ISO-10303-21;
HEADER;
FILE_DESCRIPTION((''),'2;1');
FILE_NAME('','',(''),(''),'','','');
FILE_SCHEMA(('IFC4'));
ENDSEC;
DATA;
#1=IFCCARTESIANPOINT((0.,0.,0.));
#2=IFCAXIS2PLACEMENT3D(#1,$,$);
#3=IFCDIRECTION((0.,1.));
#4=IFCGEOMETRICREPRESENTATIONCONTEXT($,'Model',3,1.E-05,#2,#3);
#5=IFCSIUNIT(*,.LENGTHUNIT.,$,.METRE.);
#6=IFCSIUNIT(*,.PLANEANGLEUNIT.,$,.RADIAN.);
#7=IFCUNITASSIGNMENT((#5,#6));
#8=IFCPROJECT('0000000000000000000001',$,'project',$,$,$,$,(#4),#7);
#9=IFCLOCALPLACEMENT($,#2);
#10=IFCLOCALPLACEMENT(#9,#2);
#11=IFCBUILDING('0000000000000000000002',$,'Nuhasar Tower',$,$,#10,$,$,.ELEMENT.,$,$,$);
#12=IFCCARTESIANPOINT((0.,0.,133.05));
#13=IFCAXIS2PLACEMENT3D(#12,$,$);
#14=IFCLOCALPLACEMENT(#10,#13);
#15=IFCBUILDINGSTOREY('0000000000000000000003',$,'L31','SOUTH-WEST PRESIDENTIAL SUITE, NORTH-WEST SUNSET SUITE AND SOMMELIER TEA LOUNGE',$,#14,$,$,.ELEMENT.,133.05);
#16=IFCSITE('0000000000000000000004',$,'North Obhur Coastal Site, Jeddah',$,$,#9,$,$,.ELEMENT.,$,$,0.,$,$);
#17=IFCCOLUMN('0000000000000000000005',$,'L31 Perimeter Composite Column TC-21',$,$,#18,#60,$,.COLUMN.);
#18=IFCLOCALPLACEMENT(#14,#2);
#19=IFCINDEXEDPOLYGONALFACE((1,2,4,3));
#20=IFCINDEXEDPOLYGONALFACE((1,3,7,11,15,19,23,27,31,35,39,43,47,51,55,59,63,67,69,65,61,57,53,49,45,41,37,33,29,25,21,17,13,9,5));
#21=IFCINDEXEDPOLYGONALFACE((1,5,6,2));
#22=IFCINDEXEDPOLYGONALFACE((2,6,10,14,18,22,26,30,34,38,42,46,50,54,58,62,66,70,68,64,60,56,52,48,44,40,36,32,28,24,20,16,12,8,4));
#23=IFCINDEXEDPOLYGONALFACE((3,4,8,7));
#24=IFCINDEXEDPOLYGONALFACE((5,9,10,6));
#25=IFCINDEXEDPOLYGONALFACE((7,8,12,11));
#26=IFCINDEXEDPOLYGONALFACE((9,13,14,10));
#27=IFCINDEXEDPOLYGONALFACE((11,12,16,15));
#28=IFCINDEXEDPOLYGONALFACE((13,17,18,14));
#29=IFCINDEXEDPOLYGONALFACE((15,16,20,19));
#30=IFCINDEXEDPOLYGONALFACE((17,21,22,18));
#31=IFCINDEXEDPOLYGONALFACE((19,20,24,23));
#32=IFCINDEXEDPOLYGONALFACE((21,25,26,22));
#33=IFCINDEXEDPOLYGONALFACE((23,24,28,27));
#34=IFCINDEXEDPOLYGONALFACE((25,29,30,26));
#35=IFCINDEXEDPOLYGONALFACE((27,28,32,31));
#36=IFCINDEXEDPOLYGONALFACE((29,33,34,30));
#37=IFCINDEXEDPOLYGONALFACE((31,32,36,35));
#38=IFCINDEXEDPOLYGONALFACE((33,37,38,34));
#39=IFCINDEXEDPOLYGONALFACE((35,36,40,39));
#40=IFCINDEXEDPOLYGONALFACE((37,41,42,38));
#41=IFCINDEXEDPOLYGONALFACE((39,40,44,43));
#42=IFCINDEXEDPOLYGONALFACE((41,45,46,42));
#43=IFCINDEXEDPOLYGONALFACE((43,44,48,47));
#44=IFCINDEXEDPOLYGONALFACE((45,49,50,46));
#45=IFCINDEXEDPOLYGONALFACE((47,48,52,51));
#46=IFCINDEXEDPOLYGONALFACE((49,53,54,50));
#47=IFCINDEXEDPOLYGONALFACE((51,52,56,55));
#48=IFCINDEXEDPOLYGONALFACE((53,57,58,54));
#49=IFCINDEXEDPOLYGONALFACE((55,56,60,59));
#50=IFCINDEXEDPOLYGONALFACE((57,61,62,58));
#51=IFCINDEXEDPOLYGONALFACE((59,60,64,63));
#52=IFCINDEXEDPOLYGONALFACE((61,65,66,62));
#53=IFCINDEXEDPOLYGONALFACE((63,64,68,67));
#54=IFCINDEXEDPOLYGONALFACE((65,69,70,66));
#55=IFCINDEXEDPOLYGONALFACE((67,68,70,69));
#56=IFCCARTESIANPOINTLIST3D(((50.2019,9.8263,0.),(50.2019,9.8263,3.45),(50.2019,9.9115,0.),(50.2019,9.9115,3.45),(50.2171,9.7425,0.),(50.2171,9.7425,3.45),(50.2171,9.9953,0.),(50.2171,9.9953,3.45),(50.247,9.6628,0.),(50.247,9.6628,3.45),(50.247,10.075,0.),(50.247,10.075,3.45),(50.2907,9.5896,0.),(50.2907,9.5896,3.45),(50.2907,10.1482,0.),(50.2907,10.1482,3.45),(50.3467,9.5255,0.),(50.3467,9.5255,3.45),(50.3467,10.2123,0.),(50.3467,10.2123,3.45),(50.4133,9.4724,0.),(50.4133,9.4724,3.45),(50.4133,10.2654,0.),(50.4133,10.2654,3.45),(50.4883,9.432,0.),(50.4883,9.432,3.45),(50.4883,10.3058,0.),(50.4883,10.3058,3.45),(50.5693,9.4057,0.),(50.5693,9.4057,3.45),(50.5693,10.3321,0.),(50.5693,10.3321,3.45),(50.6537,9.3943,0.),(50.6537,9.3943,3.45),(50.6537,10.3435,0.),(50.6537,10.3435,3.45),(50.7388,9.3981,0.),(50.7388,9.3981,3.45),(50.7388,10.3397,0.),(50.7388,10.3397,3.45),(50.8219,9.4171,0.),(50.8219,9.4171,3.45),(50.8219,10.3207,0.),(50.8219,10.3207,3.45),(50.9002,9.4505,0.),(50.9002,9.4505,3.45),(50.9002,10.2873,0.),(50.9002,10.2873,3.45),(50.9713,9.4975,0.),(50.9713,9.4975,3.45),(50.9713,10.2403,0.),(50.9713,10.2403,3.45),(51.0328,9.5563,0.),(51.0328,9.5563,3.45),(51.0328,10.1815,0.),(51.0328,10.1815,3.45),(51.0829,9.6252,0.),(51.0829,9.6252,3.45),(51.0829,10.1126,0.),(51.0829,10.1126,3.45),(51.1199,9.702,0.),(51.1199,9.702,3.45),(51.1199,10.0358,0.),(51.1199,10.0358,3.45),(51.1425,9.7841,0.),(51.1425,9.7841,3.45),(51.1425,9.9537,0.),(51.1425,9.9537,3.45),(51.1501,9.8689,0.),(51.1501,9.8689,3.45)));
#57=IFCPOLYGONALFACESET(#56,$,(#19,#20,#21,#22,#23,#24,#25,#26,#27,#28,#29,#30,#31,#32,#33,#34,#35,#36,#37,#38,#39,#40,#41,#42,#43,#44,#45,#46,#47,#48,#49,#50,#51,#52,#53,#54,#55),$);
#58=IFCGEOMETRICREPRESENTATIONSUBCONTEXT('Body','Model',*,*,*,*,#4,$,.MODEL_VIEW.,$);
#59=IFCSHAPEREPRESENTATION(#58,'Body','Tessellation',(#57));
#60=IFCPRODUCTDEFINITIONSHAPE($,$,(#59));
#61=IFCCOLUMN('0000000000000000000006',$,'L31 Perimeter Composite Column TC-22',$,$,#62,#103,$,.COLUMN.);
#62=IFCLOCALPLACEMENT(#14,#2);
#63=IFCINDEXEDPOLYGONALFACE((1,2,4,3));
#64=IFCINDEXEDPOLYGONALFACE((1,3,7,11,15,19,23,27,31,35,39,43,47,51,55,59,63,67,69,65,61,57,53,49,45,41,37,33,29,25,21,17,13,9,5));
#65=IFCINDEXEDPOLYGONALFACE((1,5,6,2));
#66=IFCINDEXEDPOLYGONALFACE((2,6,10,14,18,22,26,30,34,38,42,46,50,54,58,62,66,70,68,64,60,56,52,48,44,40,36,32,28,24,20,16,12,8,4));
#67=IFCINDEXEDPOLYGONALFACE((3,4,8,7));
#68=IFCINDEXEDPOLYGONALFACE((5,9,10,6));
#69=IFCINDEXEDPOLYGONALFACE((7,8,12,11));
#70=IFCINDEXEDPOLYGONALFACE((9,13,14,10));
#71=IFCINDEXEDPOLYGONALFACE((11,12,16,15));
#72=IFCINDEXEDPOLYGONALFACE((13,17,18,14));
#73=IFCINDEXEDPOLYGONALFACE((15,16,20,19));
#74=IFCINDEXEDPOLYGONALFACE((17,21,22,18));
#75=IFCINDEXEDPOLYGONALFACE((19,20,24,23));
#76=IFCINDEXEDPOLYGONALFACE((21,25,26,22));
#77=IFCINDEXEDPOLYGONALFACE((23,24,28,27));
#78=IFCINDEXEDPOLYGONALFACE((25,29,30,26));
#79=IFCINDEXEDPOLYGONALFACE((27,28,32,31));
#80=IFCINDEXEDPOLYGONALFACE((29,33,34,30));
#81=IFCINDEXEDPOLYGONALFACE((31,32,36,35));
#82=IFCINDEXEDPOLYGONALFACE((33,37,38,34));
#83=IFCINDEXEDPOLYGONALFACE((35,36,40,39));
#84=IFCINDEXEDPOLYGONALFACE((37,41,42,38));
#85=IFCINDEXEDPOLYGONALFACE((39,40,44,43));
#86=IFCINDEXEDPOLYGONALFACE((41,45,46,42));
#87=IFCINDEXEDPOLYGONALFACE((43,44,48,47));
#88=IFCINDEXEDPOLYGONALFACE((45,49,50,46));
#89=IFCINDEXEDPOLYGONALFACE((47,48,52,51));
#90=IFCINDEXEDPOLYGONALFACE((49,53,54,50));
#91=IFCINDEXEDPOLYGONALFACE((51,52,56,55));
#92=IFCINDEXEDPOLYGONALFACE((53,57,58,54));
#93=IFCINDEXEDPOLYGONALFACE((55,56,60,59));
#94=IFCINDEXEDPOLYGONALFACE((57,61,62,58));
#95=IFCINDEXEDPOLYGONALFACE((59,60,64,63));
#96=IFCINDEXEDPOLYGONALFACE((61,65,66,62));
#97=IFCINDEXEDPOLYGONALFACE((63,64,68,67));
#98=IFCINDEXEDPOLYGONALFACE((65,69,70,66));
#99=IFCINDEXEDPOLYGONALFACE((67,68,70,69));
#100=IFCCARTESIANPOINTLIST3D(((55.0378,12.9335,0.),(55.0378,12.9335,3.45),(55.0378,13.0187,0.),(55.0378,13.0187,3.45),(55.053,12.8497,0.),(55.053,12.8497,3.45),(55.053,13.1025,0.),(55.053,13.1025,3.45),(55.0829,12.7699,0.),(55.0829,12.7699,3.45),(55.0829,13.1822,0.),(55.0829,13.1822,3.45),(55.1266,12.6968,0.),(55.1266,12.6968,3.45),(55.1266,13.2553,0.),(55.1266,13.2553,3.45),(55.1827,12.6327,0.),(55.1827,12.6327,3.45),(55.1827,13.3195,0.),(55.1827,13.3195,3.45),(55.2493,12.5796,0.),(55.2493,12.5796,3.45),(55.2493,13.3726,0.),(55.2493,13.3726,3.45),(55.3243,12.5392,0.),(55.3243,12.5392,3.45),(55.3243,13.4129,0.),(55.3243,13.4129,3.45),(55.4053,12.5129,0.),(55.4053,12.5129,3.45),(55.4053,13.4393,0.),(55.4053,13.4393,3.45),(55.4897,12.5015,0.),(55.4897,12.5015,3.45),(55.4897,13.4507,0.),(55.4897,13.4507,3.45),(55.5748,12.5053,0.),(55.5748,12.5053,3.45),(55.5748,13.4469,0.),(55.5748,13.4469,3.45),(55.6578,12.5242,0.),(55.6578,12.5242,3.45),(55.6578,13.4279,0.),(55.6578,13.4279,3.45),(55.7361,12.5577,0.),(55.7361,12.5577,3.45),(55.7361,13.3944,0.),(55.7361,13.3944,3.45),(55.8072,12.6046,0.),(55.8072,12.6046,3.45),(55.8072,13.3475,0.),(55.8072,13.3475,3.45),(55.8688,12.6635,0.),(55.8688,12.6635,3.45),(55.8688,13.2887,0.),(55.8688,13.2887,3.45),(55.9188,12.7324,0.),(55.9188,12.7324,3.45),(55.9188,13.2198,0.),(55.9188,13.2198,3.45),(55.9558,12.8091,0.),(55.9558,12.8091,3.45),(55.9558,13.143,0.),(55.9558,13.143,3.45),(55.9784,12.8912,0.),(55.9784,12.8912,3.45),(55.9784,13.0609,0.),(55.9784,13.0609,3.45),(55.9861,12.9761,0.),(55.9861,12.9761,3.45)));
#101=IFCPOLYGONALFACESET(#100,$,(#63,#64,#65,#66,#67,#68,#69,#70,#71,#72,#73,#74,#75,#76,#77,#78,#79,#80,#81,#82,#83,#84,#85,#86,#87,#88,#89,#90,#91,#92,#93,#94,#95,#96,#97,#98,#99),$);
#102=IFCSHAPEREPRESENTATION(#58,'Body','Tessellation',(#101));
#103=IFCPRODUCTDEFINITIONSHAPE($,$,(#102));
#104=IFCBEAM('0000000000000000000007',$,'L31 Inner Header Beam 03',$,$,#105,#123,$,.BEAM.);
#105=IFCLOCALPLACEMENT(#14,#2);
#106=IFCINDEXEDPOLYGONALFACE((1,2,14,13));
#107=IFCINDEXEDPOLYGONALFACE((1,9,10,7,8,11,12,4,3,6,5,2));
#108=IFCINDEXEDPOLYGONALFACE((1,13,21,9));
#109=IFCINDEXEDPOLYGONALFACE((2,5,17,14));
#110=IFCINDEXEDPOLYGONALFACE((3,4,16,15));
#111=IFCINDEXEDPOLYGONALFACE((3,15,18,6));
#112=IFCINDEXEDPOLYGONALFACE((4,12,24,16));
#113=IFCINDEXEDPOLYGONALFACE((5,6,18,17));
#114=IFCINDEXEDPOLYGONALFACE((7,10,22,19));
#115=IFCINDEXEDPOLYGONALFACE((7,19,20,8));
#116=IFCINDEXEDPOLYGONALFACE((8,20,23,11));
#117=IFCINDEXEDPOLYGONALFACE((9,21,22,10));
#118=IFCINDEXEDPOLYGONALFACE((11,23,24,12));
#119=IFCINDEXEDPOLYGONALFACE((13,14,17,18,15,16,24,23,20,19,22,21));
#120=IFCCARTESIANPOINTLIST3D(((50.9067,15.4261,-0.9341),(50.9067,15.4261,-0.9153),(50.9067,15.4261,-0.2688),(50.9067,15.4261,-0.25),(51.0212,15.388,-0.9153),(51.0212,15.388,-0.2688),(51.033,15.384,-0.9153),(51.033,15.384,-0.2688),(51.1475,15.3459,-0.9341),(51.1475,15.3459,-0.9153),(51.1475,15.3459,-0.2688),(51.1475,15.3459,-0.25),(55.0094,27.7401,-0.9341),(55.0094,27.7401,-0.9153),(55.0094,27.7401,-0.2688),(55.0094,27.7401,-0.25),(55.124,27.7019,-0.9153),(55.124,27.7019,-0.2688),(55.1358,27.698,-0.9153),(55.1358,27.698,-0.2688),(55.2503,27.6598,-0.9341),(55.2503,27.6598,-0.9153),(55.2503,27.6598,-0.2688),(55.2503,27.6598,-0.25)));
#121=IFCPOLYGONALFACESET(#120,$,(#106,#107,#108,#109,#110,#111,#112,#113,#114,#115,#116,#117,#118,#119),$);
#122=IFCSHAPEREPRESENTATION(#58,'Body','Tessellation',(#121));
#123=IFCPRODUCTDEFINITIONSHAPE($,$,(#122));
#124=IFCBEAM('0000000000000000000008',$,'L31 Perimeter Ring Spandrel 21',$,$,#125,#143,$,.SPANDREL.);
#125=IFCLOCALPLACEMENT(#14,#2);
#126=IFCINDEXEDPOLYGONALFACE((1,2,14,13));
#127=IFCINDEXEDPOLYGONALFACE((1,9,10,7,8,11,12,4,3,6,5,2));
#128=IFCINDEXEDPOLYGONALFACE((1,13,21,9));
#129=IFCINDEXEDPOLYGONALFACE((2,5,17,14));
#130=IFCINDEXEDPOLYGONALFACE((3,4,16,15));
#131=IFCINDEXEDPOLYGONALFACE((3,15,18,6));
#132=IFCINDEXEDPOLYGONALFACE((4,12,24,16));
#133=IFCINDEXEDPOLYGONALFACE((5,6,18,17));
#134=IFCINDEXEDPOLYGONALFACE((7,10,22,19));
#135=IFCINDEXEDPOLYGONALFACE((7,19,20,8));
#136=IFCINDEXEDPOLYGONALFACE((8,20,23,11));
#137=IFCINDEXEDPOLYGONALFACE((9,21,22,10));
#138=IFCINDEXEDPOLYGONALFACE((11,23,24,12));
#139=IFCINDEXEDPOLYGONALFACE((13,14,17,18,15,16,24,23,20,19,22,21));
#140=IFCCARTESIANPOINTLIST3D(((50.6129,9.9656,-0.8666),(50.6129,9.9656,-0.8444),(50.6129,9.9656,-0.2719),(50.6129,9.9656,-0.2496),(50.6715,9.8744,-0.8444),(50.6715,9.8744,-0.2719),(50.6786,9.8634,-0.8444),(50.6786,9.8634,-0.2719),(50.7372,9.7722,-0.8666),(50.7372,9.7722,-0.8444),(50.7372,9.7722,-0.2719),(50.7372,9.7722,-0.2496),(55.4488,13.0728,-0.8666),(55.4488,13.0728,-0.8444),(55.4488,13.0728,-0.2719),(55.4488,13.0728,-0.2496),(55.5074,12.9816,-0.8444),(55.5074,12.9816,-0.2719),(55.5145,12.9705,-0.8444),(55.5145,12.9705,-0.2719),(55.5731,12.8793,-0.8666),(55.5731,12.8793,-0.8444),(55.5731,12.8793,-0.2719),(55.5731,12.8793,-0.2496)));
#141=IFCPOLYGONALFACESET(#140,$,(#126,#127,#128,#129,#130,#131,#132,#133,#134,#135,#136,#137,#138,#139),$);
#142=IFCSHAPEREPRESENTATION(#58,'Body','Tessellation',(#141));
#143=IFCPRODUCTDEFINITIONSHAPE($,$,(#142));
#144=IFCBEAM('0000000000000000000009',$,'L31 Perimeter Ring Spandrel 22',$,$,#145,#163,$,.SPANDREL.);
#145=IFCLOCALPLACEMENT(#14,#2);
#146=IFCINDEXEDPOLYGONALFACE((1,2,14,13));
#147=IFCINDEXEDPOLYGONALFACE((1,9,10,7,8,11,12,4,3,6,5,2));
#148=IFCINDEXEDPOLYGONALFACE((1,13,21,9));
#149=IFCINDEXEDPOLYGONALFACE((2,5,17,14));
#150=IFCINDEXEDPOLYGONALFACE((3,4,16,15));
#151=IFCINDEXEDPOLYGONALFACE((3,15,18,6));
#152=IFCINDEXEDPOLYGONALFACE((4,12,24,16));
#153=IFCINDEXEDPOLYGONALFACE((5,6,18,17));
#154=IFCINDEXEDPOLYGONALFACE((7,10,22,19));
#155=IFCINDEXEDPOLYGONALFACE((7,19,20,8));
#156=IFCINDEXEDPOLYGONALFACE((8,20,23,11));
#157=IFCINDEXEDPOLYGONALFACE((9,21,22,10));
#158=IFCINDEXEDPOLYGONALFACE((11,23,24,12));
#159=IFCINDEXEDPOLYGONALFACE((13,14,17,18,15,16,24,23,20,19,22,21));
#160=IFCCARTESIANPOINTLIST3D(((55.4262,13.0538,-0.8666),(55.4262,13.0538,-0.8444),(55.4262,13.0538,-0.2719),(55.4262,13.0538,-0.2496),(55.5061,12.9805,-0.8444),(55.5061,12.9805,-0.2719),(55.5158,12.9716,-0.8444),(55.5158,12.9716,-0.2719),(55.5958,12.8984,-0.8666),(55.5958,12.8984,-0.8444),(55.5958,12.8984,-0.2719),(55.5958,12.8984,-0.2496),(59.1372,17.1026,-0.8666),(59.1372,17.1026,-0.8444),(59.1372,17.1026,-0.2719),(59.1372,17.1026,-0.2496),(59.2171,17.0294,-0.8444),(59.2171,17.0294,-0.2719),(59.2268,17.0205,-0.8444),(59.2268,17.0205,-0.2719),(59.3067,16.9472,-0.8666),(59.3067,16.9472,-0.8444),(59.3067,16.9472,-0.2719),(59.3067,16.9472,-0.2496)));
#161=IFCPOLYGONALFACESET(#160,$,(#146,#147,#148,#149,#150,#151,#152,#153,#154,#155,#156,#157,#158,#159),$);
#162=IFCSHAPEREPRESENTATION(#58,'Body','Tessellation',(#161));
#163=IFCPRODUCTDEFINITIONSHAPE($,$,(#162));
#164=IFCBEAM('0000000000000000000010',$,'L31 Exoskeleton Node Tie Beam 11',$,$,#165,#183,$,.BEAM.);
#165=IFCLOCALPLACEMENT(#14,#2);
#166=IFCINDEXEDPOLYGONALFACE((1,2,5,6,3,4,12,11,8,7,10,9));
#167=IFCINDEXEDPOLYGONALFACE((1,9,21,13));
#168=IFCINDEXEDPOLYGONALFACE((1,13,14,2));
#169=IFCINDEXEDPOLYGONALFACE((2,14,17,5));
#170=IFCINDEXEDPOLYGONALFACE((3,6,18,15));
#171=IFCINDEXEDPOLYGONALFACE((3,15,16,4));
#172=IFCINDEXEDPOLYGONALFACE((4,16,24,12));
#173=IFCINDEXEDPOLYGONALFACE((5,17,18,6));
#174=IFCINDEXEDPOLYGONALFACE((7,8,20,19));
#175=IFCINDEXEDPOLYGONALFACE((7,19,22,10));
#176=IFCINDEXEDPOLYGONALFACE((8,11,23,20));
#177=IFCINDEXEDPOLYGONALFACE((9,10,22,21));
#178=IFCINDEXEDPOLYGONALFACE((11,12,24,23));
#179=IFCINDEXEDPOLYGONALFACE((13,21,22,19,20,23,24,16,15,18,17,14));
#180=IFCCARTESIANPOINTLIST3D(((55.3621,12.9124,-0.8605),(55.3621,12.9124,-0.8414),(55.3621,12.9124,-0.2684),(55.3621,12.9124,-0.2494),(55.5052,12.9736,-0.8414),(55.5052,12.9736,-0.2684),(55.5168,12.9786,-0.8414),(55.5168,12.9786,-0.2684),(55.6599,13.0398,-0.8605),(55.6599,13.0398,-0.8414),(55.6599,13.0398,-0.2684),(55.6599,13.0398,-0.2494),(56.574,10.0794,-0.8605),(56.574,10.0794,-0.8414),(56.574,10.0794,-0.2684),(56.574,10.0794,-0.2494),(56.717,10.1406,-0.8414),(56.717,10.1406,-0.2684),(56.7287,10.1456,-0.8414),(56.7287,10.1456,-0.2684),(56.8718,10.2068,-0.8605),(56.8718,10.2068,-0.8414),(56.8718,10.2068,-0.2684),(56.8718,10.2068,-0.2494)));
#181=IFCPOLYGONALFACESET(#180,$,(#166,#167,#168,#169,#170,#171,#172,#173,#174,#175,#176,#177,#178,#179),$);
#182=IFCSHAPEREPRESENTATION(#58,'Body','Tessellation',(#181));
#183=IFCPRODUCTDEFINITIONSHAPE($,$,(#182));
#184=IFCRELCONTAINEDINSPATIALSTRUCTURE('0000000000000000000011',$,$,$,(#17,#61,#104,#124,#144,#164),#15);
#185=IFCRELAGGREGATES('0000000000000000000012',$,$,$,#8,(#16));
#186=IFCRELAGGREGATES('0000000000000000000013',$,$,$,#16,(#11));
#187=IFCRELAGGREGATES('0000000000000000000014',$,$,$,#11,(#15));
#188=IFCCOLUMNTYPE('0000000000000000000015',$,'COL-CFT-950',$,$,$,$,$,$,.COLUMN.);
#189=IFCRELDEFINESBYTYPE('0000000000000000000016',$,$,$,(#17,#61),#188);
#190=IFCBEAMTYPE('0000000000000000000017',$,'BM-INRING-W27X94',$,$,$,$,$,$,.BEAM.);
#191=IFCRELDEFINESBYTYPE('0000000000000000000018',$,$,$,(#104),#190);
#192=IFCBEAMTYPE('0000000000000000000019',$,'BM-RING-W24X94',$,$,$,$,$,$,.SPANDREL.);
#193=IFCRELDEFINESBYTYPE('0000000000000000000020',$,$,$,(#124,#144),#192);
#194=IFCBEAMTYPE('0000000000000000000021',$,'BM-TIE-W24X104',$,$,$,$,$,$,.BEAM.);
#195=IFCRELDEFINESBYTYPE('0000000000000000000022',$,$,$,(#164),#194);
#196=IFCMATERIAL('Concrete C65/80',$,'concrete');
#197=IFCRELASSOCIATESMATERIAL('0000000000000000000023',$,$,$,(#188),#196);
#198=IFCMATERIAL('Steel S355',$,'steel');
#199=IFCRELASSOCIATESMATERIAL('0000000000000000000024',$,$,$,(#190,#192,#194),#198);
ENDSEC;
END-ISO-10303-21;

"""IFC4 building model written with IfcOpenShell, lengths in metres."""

from ifc_helpers import new_model, si_unit, direction, frame, origin, origin_2d, place, context, subcontext, project, spatial, circle, i_section, extrude, material, material_profile, profile_set, type_object, element, save


model = new_model("IFC4")

# Units and contexts
model_context = context("Model", 3, precision=1e-05, world=origin(), true_north=direction((0.0, 1.0)))
body_context = subcontext(model_context, "Body", "Model", "MODEL_VIEW")
ifc_project = project(units=[si_unit("LENGTHUNIT", "METRE"), si_unit("PLANEANGLEUNIT", "RADIAN")], contexts=[model_context])

# Site, building, storey
site_placement = place(None, origin())
site = spatial("IfcSite", under=ifc_project, at=site_placement, Name="North Obhur Coastal Site, Jeddah", CompositionType="ELEMENT", RefElevation=0.0)
building_placement = place(site_placement, origin())
building = spatial("IfcBuilding", under=site, at=building_placement, Name="Nuhasar Tower", CompositionType="ELEMENT")
storey_placement = place(building_placement, frame((0.0, 0.0, 133.05)))
storey = spatial("IfcBuildingStorey", under=building, at=storey_placement, Name="L31", Description="SOUTH-WEST PRESIDENTIAL SUITE, NORTH-WEST SUNSET SUITE AND SOMMELIER TEA LOUNGE", CompositionType="ELEMENT", Elevation=133.05)

# Columns
ifc_material_1 = material(Name="Concrete C65/80", Category="concrete")
ifc_material_profile_1 = material_profile(ifc_material_1, circle(Radius=0.4751, at=origin_2d()), Name="CFT950")
ifc_profile_set_1 = profile_set([ifc_material_profile_1], Name="Concrete C65/80")
column_type = type_object("IfcColumnType", Name="COL-CFT-950", PredefinedType="COLUMN", material=ifc_profile_set_1)
for number, where, z_axis, x_axis, name in (
    (1, (50.675, 9.8689, 0.0), (0.0, 0.0, 1.0), (1.0, 0.0, 0.0), "L31 Perimeter Composite Column TC-21"),
    (2, (55.511, 12.9761, 0.0), (0.0, 0.0, 1.0), (1.0, 0.0, 0.0), "L31 Perimeter Composite Column TC-22"),
):
    element("IfcColumn", number, at=place(storey_placement, frame(where, z_axis=z_axis, x_axis=x_axis)), inside=storey, type_object=column_type, Name=name, PredefinedType="COLUMN", context=body_context, shape_type="SweptSolid", body=[
        extrude(circle(Radius=0.4751, at=origin_2d()), origin(), (0.0, 0.0, 1.0), 3.45),
    ])

# Beams
ifc_material_2 = material(Name="Steel S355", Category="steel")
ifc_material_profile_2 = material_profile(ifc_material_2, i_section(OverallWidth=0.2539, OverallDepth=0.6841, WebThickness=0.0125, FlangeThickness=0.0188, at=origin_2d()), Name="W27X94")
ifc_profile_set_2 = profile_set([ifc_material_profile_2], Name="Steel S355")
beam_type_1 = type_object("IfcBeamType", Name="BM-INRING-W27X94", PredefinedType="BEAM", material=ifc_profile_set_2)
beam_1_placement = place(storey_placement, frame((51.0271, 15.386, -0.592), z_axis=(0.316098, 0.948727, 0.0), x_axis=(-0.948727, 0.316098, 0.0)))
element("IfcBeam", 3, at=beam_1_placement, inside=storey, type_object=beam_type_1, Name="L31 Inner Header Beam 03", PredefinedType="BEAM", context=body_context, shape_type="SweptSolid", body=[
    extrude(i_section(OverallWidth=0.2539, OverallDepth=0.6841, WebThickness=0.0125, FlangeThickness=0.0188, at=origin_2d()), origin(), (0.0, 0.0, 1.0), 12.9795),
])
ifc_material_profile_3 = material_profile(ifc_material_2, i_section(OverallWidth=0.23, OverallDepth=0.6169, WebThickness=0.0132, FlangeThickness=0.0222, at=origin_2d()), Name="W24X94")
ifc_profile_set_3 = profile_set([ifc_material_profile_3], Name="Steel S355")
beam_type_2 = type_object("IfcBeamType", Name="BM-RING-W24X94", PredefinedType="SPANDREL", material=ifc_profile_set_3)
beam_2_placement = place(storey_placement, frame((50.675, 9.8689, -0.5581), z_axis=(0.841308, 0.540556, 0.0), x_axis=(-0.540556, 0.841308, 0.0)))
element("IfcBeam", 4, at=beam_2_placement, inside=storey, type_object=beam_type_2, Name="L31 Perimeter Ring Spandrel 21", PredefinedType="SPANDREL", context=body_context, shape_type="SweptSolid", body=[
    extrude(i_section(OverallWidth=0.23, OverallDepth=0.6169, WebThickness=0.0132, FlangeThickness=0.0222, at=origin_2d()), origin(), (0.0, 0.0, 1.0), 5.748),
])
beam_3_placement = place(storey_placement, frame((55.511, 12.9761, -0.5581), z_axis=(0.675676, 0.737198, 0.0), x_axis=(-0.737198, 0.675676, 0.0)))
element("IfcBeam", 5, at=beam_3_placement, inside=storey, type_object=beam_type_2, Name="L31 Perimeter Ring Spandrel 22", PredefinedType="SPANDREL", context=body_context, shape_type="SweptSolid", body=[
    extrude(i_section(OverallWidth=0.23, OverallDepth=0.6169, WebThickness=0.0132, FlangeThickness=0.0222, at=origin_2d()), origin(), (0.0, 0.0, 1.0), 5.4922),
])
ifc_material_profile_4 = material_profile(ifc_material_2, i_section(OverallWidth=0.324, OverallDepth=0.6111, WebThickness=0.0127, FlangeThickness=0.019, at=origin_2d()), Name="W24X104")
ifc_profile_set_4 = profile_set([ifc_material_profile_4], Name="Steel S355")
beam_type_3 = type_object("IfcBeamType", Name="BM-TIE-W24X104", PredefinedType="BEAM", material=ifc_profile_set_4)
beam_4_placement = place(storey_placement, frame((55.511, 12.9761, -0.5549), z_axis=(0.393307, -0.919407, 0.0), x_axis=(0.919407, 0.393307, 0.0)))
element("IfcBeam", 6, at=beam_4_placement, inside=storey, type_object=beam_type_3, Name="L31 Exoskeleton Node Tie Beam 11", PredefinedType="BEAM", context=body_context, shape_type="SweptSolid", body=[
    extrude(i_section(OverallWidth=0.324, OverallDepth=0.6111, WebThickness=0.0127, FlangeThickness=0.019, at=origin_2d()), origin(), (0.0, 0.0, 1.0), 3.0813),
])

save(model, "model.ifc")
